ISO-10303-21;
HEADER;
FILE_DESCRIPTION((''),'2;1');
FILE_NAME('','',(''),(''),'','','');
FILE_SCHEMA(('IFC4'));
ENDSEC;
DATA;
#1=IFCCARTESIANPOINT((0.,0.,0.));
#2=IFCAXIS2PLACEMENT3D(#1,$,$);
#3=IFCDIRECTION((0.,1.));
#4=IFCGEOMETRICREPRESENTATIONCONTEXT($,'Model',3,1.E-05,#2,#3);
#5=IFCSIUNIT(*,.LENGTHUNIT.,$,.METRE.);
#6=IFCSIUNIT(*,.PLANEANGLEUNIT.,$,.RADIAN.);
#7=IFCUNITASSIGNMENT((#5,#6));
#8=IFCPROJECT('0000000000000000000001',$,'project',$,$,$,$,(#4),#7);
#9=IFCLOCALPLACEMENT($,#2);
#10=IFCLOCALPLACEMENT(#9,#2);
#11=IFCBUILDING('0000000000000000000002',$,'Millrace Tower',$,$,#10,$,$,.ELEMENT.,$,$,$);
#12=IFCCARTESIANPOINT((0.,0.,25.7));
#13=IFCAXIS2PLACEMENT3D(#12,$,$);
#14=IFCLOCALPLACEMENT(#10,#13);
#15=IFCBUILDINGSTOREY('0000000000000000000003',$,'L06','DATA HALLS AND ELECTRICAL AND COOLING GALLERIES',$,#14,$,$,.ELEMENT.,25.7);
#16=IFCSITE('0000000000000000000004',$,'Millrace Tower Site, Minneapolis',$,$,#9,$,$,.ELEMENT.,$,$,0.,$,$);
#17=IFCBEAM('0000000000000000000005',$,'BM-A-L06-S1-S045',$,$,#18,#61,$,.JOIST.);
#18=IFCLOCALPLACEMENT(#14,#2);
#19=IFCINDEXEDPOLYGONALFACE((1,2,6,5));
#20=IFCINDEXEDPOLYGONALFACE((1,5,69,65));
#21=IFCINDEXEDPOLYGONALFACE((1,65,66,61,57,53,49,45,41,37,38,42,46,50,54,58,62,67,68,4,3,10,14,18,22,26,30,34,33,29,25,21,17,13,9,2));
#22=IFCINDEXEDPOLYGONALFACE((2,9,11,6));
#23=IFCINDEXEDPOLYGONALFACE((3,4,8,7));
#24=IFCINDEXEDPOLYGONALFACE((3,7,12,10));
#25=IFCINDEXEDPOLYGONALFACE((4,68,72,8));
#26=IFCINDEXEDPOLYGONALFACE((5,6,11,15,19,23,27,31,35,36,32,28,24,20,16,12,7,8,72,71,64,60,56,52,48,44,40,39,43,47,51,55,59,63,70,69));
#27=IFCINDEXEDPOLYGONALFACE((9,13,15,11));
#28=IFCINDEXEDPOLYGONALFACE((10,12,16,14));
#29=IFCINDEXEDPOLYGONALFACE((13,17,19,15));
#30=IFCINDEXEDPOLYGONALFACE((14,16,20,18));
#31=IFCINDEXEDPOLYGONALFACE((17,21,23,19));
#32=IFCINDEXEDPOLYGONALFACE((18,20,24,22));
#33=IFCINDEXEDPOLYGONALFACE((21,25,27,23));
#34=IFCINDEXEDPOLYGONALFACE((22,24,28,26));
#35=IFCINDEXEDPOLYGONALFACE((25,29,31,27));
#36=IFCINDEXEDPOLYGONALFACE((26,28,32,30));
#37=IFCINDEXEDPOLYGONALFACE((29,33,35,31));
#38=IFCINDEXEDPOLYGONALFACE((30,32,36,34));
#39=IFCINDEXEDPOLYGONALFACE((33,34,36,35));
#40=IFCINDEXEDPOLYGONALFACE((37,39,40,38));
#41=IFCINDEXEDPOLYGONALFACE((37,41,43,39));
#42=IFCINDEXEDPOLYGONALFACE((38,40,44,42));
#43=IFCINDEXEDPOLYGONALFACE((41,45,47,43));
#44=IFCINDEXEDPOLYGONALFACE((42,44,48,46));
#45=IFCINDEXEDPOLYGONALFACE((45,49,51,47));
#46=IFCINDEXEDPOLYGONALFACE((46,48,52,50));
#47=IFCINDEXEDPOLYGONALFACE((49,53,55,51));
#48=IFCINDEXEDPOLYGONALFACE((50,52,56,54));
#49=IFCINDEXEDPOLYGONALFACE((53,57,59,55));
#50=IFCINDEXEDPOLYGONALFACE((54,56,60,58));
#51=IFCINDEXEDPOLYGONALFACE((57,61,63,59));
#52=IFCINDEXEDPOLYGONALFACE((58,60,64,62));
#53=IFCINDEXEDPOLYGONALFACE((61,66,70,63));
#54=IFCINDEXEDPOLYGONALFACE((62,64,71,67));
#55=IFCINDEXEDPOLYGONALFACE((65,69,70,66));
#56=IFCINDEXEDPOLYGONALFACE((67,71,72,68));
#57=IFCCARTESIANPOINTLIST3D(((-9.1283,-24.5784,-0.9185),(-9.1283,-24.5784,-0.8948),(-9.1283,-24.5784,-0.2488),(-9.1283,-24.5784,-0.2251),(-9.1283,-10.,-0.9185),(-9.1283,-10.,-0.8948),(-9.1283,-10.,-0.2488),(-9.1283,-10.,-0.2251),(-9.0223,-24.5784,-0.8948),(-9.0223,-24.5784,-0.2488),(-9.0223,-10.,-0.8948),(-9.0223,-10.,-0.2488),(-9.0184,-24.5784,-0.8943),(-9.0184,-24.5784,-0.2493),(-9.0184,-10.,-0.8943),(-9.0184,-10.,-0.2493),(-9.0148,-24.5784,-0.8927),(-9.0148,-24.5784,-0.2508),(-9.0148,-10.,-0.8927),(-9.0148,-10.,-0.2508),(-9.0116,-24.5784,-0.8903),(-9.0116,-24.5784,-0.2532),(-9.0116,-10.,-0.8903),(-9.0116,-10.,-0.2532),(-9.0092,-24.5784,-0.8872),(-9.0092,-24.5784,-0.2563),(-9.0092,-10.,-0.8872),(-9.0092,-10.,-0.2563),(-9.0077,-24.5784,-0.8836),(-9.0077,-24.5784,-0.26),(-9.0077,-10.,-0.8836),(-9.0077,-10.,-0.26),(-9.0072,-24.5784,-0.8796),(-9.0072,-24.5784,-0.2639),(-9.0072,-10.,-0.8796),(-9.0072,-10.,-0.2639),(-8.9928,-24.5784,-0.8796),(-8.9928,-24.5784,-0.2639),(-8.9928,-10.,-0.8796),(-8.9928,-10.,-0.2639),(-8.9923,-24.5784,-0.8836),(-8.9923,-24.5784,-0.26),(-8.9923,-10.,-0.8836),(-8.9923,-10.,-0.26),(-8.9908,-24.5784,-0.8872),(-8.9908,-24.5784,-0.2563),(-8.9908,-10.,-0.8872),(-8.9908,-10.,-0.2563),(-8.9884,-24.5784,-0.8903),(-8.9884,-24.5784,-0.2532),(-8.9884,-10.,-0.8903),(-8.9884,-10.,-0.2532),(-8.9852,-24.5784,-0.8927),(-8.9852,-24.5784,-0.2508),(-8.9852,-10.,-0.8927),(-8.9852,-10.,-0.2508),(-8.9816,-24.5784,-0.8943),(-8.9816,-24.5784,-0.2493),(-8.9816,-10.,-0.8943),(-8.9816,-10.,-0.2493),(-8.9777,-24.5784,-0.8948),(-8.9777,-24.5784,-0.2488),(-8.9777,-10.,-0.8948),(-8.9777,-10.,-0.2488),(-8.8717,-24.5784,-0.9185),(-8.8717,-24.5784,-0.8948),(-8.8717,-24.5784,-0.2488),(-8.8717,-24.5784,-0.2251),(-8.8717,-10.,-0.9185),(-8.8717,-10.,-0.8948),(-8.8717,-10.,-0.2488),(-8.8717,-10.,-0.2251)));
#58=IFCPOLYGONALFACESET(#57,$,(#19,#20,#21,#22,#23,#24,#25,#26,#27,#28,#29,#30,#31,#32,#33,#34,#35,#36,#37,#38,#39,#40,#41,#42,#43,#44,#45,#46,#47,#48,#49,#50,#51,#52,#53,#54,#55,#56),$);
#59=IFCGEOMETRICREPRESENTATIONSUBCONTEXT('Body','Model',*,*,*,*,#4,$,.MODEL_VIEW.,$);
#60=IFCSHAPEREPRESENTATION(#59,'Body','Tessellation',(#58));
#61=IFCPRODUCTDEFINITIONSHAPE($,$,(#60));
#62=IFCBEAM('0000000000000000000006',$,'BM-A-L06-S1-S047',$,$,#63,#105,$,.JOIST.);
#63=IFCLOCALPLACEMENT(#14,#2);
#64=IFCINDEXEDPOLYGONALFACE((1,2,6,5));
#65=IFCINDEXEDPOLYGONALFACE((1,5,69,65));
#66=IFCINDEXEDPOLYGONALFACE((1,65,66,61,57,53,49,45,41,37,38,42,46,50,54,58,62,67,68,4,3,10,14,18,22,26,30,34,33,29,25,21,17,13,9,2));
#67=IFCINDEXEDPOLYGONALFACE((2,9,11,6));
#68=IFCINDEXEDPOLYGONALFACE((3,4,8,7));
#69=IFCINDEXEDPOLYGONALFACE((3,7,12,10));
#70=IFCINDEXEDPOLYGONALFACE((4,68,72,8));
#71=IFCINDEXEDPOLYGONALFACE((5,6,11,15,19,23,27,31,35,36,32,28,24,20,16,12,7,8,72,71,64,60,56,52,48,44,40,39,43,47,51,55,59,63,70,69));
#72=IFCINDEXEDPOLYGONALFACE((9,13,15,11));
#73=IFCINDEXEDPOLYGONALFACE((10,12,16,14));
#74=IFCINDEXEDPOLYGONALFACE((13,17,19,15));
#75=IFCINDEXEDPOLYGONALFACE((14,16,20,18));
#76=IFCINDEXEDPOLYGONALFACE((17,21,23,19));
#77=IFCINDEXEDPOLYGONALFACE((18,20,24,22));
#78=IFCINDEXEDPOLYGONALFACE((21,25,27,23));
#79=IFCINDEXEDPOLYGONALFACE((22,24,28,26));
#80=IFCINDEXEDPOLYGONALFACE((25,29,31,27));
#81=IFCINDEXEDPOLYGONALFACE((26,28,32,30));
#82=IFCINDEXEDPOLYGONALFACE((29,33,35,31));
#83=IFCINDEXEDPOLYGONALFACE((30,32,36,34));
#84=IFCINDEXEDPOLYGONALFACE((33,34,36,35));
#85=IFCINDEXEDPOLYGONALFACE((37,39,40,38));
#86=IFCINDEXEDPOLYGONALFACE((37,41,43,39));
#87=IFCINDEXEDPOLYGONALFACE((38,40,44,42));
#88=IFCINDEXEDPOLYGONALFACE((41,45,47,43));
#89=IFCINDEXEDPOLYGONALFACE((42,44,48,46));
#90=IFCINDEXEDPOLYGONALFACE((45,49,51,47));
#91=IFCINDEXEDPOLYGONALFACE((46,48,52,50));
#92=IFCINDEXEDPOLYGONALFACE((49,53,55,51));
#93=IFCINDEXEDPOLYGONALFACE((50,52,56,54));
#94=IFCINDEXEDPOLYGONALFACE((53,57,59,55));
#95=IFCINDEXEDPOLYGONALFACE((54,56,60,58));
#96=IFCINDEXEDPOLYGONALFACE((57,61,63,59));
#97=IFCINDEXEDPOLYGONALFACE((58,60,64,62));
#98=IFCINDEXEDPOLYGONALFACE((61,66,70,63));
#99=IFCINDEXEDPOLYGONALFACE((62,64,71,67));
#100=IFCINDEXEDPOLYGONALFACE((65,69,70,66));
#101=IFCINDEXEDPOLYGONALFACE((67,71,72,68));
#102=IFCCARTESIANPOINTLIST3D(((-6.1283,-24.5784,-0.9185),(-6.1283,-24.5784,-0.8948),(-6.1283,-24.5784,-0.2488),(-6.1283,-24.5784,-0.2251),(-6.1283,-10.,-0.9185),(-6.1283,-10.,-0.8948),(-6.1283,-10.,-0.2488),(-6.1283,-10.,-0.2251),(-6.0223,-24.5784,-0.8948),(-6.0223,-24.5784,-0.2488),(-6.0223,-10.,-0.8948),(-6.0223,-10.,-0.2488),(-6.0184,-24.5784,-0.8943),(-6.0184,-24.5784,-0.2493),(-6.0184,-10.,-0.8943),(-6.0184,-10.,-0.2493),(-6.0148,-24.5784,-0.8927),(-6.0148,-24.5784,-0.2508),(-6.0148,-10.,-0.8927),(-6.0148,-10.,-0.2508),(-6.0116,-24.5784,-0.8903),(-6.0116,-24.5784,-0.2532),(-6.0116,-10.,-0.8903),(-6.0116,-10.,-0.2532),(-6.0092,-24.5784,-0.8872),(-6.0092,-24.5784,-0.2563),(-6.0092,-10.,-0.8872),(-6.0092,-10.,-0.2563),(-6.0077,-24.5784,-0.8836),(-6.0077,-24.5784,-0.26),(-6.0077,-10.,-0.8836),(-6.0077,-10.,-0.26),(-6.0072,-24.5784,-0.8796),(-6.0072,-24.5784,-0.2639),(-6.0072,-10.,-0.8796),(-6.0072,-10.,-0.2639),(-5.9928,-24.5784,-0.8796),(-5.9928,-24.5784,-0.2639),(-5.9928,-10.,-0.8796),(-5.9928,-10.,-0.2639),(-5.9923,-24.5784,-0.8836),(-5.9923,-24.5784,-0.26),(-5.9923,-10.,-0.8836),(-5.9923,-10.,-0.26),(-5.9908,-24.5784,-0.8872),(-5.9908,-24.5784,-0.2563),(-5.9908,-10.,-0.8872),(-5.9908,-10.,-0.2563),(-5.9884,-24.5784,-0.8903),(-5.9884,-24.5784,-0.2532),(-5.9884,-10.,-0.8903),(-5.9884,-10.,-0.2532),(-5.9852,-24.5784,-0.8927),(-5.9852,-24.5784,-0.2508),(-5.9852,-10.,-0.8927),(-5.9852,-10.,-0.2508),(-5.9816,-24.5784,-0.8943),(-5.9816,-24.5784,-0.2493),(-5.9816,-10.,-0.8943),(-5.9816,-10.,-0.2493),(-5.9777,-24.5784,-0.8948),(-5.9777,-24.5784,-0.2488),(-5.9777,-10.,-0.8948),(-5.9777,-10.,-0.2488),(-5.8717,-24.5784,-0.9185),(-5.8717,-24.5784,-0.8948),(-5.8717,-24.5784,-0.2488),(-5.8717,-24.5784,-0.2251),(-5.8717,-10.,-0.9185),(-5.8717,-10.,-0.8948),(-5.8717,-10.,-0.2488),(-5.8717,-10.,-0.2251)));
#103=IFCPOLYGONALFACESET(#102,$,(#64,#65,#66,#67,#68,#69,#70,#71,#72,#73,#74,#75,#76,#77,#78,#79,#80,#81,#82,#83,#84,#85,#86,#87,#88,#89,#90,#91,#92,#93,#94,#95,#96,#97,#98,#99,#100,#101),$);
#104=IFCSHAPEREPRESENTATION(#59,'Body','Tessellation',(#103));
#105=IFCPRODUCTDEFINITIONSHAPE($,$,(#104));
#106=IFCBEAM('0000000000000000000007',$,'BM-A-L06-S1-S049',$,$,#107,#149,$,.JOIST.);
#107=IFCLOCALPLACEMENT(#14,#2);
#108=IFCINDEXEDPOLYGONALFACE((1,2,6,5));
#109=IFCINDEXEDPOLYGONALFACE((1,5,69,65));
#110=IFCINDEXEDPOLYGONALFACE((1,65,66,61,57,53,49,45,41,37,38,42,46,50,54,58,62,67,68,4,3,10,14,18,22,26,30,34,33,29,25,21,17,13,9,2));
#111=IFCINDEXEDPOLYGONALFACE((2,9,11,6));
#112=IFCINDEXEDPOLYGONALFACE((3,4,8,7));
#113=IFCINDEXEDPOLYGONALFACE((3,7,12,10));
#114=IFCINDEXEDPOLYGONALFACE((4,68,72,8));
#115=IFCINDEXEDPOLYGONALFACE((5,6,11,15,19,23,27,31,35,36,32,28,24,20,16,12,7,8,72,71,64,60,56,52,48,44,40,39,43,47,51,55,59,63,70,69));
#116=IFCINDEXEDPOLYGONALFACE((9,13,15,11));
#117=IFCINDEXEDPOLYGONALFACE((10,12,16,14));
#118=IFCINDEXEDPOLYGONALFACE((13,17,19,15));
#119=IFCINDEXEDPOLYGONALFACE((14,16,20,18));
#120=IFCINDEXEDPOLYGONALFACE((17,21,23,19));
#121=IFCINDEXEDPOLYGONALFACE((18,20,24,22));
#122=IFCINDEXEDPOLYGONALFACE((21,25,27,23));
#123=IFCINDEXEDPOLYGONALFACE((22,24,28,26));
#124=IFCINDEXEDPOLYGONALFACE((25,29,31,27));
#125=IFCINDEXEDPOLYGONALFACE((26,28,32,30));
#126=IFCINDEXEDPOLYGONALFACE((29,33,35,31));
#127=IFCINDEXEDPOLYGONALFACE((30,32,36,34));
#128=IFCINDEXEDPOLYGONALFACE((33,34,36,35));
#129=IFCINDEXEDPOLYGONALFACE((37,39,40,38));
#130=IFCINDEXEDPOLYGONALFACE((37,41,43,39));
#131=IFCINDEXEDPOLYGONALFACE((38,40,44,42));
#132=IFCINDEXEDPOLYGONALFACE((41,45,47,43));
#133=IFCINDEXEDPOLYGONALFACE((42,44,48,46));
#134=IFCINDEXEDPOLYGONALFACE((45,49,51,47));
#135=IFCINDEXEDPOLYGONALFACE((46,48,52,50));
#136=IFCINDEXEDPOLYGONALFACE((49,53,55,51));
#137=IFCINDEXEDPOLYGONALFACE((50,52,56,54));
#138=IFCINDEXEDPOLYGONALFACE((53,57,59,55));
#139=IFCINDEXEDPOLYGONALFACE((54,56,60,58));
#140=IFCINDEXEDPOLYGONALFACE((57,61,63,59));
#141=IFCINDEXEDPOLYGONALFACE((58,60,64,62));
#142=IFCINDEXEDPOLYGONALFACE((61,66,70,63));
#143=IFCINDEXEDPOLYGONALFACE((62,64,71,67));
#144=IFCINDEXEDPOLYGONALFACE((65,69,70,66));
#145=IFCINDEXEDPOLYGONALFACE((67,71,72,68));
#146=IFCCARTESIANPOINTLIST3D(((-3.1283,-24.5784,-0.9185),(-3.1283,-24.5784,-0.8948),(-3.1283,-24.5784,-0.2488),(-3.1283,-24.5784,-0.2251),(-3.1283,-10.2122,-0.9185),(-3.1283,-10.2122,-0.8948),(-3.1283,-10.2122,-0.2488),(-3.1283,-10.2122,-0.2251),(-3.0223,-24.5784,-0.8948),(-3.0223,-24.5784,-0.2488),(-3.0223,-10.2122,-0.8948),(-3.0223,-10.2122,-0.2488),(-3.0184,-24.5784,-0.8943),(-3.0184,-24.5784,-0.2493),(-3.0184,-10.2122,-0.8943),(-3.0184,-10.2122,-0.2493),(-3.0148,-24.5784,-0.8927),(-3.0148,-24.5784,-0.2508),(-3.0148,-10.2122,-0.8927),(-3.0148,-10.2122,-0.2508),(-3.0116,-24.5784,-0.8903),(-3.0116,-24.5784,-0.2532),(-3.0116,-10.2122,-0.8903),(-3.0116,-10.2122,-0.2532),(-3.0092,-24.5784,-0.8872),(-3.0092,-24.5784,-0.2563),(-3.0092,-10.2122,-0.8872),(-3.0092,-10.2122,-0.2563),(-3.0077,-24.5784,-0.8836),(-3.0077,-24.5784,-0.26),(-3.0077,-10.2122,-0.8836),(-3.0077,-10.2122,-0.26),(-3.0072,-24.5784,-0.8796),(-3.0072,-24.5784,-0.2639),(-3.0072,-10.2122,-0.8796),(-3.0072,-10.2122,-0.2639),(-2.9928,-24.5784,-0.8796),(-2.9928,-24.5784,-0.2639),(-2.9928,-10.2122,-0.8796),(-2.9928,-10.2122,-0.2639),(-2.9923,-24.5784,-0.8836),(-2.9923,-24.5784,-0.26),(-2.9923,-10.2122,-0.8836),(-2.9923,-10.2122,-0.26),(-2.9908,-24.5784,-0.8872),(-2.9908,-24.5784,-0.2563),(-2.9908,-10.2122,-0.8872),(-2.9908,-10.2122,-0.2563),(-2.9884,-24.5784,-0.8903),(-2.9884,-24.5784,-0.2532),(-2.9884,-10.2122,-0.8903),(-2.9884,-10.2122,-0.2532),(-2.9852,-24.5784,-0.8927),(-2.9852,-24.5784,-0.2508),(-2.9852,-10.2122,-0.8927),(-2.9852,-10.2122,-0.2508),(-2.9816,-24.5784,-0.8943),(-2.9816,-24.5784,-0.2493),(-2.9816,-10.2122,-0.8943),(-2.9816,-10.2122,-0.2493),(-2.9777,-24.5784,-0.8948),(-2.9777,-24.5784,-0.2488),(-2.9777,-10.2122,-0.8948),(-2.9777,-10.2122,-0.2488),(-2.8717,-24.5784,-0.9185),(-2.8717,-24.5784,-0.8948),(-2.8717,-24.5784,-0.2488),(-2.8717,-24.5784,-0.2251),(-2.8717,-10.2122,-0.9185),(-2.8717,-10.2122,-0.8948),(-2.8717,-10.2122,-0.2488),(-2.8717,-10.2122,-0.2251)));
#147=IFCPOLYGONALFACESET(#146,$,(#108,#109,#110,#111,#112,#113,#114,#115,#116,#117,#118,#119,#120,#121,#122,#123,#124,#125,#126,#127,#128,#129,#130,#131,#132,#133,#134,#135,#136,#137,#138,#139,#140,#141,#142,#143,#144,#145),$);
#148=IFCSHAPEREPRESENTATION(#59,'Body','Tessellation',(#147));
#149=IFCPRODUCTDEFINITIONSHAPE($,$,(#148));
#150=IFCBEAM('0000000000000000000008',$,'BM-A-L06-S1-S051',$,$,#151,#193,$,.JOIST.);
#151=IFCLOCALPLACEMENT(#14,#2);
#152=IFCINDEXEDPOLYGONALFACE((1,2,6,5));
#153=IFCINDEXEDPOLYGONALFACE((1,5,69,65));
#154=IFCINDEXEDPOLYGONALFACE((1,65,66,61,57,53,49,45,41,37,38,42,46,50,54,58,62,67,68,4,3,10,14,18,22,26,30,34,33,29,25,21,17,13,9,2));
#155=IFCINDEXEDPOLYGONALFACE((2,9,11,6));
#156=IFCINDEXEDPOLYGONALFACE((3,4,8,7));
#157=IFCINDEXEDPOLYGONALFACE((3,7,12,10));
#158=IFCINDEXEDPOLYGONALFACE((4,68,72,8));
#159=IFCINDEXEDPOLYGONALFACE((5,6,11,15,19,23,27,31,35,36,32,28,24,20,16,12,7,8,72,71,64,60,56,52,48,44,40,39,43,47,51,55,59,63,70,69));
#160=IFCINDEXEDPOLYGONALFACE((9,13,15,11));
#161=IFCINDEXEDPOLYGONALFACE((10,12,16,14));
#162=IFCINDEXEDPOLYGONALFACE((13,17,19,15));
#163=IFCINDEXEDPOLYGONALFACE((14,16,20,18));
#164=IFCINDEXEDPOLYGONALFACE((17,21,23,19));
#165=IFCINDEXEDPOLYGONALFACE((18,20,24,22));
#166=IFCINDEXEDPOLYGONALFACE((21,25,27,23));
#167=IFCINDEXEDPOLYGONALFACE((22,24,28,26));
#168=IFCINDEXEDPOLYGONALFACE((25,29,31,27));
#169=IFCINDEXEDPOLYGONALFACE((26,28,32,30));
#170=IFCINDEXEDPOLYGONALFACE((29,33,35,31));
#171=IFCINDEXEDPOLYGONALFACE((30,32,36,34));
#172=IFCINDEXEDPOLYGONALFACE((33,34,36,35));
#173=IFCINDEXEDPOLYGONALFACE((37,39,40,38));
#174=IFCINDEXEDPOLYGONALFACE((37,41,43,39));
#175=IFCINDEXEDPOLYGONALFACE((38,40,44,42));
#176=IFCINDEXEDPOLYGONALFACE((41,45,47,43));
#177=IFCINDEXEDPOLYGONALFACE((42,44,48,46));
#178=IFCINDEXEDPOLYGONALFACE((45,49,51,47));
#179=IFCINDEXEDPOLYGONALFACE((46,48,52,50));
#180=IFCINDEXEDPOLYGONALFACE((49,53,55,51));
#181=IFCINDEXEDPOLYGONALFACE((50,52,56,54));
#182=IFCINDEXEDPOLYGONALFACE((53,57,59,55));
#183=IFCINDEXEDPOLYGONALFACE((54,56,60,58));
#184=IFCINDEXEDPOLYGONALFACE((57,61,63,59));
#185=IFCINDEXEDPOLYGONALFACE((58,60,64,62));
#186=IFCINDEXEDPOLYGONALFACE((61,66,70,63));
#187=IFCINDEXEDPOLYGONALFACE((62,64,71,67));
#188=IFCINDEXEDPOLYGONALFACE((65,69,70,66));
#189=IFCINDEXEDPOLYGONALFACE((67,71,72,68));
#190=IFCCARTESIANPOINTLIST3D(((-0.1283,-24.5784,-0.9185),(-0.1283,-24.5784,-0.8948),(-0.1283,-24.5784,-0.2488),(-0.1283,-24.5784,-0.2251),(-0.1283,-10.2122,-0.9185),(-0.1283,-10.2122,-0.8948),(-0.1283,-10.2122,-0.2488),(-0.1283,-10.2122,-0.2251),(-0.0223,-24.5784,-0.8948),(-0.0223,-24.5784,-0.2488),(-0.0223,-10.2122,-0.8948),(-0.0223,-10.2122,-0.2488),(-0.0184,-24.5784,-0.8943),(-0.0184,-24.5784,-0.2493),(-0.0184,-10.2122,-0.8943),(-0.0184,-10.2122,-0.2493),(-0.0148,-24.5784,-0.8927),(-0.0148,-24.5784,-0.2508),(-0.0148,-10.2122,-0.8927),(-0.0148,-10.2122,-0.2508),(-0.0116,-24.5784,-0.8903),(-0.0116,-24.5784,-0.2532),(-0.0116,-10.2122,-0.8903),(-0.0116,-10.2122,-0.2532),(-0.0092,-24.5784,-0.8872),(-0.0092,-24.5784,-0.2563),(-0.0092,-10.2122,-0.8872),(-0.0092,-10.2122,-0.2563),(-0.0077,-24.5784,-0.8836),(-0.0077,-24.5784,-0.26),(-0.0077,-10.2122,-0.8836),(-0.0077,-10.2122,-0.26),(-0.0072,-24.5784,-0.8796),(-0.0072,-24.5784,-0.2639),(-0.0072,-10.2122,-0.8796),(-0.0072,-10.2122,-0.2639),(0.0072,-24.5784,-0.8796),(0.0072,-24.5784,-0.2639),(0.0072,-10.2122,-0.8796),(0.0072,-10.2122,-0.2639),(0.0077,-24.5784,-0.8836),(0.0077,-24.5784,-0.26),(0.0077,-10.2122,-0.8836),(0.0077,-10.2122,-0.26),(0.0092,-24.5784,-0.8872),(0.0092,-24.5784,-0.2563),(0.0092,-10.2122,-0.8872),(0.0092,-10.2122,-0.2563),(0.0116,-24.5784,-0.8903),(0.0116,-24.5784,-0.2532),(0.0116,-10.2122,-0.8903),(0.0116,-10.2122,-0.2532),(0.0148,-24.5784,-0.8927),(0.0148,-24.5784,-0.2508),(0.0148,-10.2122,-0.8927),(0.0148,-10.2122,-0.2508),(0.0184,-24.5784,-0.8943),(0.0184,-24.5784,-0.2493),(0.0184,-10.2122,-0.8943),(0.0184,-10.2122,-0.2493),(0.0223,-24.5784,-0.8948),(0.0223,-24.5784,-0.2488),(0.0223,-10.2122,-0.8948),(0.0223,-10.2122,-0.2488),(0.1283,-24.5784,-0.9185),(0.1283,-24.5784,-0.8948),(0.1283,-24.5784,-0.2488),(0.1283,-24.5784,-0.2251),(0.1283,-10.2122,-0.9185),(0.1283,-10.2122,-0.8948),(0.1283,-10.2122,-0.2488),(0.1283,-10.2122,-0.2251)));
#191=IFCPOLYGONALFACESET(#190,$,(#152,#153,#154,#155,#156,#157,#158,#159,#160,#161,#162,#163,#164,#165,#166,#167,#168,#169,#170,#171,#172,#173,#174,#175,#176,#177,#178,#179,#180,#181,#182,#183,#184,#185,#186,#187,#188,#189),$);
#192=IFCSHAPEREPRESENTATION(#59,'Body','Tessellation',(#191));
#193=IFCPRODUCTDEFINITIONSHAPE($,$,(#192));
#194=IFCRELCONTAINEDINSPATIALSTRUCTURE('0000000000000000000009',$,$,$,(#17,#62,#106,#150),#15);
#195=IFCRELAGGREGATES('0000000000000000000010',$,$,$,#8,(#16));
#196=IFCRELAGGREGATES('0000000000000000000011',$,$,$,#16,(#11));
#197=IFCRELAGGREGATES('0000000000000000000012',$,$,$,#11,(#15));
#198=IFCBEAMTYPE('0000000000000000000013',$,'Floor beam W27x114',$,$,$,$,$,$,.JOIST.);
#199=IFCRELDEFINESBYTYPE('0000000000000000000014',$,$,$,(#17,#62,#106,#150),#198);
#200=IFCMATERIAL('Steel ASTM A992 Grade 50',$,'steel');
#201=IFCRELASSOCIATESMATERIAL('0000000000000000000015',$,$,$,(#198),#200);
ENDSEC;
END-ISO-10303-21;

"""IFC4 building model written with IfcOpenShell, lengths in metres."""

from ifc_helpers import new_model, si_unit, direction, frame, origin, origin_2d, place, context, subcontext, project, spatial, i_section, extrude, material, material_profile, profile_set, type_object, element, save


model = new_model("IFC4")

# Units and contexts
model_context = context("Model", 3, precision=1e-05, world=origin(), true_north=direction((0.0, 1.0)))
body_context = subcontext(model_context, "Body", "Model", "MODEL_VIEW")
ifc_project = project(units=[si_unit("LENGTHUNIT", "METRE"), si_unit("PLANEANGLEUNIT", "RADIAN")], contexts=[model_context])

# Site, building, storey
site_placement = place(None, origin())
site = spatial("IfcSite", under=ifc_project, at=site_placement, Name="Millrace Tower Site, Minneapolis", CompositionType="ELEMENT", RefElevation=0.0)
building_placement = place(site_placement, origin())
building = spatial("IfcBuilding", under=site, at=building_placement, Name="Millrace Tower", CompositionType="ELEMENT")
storey_placement = place(building_placement, frame((0.0, 0.0, 25.7)))
storey = spatial("IfcBuildingStorey", under=building, at=storey_placement, Name="L06", Description="DATA HALLS AND ELECTRICAL AND COOLING GALLERIES", CompositionType="ELEMENT", Elevation=25.7)

# Beams
ifc_material_1 = material(Name="Steel ASTM A992 Grade 50", Category="steel")
ifc_material_profile_1 = material_profile(ifc_material_1, i_section(OverallWidth=0.2566, OverallDepth=0.6934, WebThickness=0.0144, FlangeThickness=0.0237, FilletRadius=0.0151, at=origin_2d()))
ifc_profile_set_1 = profile_set([ifc_material_profile_1], Name="Steel ASTM A992 Grade 50")
beam_type_1 = type_object("IfcBeamType", Name="Floor beam W27x114", PredefinedType="JOIST", material=ifc_profile_set_1)
for number, where, z_axis, x_axis, name in (
    (1, (-9.0, -24.5784, -0.5718), (0.0, 1.0, 0.0), (-1.0, 0.0, 0.0), "BM-A-L06-S1-S045"),
    (2, (-6.0, -24.5784, -0.5718), (0.0, 1.0, 0.0), (-1.0, 0.0, 0.0), "BM-A-L06-S1-S047"),
):
    element("IfcBeam", number, at=place(storey_placement, frame(where, z_axis=z_axis, x_axis=x_axis)), inside=storey, type_object=beam_type_1, Name=name, PredefinedType="JOIST", context=body_context, shape_type="SweptSolid", body=[
        extrude(i_section(OverallWidth=0.2566, OverallDepth=0.6934, WebThickness=0.0144, FlangeThickness=0.0237, FilletRadius=0.0151, at=origin_2d()), origin(), (0.0, 0.0, 1.0), 14.5784),
    ])
for number, where, z_axis, x_axis, name in (
    (3, (-3.0, -24.5784, -0.5718), (0.0, 1.0, 0.0), (-1.0, 0.0, 0.0), "BM-A-L06-S1-S049"),
    (4, (0.0, -24.5784, -0.5718), (0.0, 1.0, 0.0), (-1.0, 0.0, 0.0), "BM-A-L06-S1-S051"),
):
    element("IfcBeam", number, at=place(storey_placement, frame(where, z_axis=z_axis, x_axis=x_axis)), inside=storey, type_object=beam_type_1, Name=name, PredefinedType="JOIST", context=body_context, shape_type="SweptSolid", body=[
        extrude(i_section(OverallWidth=0.2566, OverallDepth=0.6934, WebThickness=0.0144, FlangeThickness=0.0237, FilletRadius=0.0151, at=origin_2d()), origin(), (0.0, 0.0, 1.0), 14.3662),
    ])

save(model, "model.ifc")
